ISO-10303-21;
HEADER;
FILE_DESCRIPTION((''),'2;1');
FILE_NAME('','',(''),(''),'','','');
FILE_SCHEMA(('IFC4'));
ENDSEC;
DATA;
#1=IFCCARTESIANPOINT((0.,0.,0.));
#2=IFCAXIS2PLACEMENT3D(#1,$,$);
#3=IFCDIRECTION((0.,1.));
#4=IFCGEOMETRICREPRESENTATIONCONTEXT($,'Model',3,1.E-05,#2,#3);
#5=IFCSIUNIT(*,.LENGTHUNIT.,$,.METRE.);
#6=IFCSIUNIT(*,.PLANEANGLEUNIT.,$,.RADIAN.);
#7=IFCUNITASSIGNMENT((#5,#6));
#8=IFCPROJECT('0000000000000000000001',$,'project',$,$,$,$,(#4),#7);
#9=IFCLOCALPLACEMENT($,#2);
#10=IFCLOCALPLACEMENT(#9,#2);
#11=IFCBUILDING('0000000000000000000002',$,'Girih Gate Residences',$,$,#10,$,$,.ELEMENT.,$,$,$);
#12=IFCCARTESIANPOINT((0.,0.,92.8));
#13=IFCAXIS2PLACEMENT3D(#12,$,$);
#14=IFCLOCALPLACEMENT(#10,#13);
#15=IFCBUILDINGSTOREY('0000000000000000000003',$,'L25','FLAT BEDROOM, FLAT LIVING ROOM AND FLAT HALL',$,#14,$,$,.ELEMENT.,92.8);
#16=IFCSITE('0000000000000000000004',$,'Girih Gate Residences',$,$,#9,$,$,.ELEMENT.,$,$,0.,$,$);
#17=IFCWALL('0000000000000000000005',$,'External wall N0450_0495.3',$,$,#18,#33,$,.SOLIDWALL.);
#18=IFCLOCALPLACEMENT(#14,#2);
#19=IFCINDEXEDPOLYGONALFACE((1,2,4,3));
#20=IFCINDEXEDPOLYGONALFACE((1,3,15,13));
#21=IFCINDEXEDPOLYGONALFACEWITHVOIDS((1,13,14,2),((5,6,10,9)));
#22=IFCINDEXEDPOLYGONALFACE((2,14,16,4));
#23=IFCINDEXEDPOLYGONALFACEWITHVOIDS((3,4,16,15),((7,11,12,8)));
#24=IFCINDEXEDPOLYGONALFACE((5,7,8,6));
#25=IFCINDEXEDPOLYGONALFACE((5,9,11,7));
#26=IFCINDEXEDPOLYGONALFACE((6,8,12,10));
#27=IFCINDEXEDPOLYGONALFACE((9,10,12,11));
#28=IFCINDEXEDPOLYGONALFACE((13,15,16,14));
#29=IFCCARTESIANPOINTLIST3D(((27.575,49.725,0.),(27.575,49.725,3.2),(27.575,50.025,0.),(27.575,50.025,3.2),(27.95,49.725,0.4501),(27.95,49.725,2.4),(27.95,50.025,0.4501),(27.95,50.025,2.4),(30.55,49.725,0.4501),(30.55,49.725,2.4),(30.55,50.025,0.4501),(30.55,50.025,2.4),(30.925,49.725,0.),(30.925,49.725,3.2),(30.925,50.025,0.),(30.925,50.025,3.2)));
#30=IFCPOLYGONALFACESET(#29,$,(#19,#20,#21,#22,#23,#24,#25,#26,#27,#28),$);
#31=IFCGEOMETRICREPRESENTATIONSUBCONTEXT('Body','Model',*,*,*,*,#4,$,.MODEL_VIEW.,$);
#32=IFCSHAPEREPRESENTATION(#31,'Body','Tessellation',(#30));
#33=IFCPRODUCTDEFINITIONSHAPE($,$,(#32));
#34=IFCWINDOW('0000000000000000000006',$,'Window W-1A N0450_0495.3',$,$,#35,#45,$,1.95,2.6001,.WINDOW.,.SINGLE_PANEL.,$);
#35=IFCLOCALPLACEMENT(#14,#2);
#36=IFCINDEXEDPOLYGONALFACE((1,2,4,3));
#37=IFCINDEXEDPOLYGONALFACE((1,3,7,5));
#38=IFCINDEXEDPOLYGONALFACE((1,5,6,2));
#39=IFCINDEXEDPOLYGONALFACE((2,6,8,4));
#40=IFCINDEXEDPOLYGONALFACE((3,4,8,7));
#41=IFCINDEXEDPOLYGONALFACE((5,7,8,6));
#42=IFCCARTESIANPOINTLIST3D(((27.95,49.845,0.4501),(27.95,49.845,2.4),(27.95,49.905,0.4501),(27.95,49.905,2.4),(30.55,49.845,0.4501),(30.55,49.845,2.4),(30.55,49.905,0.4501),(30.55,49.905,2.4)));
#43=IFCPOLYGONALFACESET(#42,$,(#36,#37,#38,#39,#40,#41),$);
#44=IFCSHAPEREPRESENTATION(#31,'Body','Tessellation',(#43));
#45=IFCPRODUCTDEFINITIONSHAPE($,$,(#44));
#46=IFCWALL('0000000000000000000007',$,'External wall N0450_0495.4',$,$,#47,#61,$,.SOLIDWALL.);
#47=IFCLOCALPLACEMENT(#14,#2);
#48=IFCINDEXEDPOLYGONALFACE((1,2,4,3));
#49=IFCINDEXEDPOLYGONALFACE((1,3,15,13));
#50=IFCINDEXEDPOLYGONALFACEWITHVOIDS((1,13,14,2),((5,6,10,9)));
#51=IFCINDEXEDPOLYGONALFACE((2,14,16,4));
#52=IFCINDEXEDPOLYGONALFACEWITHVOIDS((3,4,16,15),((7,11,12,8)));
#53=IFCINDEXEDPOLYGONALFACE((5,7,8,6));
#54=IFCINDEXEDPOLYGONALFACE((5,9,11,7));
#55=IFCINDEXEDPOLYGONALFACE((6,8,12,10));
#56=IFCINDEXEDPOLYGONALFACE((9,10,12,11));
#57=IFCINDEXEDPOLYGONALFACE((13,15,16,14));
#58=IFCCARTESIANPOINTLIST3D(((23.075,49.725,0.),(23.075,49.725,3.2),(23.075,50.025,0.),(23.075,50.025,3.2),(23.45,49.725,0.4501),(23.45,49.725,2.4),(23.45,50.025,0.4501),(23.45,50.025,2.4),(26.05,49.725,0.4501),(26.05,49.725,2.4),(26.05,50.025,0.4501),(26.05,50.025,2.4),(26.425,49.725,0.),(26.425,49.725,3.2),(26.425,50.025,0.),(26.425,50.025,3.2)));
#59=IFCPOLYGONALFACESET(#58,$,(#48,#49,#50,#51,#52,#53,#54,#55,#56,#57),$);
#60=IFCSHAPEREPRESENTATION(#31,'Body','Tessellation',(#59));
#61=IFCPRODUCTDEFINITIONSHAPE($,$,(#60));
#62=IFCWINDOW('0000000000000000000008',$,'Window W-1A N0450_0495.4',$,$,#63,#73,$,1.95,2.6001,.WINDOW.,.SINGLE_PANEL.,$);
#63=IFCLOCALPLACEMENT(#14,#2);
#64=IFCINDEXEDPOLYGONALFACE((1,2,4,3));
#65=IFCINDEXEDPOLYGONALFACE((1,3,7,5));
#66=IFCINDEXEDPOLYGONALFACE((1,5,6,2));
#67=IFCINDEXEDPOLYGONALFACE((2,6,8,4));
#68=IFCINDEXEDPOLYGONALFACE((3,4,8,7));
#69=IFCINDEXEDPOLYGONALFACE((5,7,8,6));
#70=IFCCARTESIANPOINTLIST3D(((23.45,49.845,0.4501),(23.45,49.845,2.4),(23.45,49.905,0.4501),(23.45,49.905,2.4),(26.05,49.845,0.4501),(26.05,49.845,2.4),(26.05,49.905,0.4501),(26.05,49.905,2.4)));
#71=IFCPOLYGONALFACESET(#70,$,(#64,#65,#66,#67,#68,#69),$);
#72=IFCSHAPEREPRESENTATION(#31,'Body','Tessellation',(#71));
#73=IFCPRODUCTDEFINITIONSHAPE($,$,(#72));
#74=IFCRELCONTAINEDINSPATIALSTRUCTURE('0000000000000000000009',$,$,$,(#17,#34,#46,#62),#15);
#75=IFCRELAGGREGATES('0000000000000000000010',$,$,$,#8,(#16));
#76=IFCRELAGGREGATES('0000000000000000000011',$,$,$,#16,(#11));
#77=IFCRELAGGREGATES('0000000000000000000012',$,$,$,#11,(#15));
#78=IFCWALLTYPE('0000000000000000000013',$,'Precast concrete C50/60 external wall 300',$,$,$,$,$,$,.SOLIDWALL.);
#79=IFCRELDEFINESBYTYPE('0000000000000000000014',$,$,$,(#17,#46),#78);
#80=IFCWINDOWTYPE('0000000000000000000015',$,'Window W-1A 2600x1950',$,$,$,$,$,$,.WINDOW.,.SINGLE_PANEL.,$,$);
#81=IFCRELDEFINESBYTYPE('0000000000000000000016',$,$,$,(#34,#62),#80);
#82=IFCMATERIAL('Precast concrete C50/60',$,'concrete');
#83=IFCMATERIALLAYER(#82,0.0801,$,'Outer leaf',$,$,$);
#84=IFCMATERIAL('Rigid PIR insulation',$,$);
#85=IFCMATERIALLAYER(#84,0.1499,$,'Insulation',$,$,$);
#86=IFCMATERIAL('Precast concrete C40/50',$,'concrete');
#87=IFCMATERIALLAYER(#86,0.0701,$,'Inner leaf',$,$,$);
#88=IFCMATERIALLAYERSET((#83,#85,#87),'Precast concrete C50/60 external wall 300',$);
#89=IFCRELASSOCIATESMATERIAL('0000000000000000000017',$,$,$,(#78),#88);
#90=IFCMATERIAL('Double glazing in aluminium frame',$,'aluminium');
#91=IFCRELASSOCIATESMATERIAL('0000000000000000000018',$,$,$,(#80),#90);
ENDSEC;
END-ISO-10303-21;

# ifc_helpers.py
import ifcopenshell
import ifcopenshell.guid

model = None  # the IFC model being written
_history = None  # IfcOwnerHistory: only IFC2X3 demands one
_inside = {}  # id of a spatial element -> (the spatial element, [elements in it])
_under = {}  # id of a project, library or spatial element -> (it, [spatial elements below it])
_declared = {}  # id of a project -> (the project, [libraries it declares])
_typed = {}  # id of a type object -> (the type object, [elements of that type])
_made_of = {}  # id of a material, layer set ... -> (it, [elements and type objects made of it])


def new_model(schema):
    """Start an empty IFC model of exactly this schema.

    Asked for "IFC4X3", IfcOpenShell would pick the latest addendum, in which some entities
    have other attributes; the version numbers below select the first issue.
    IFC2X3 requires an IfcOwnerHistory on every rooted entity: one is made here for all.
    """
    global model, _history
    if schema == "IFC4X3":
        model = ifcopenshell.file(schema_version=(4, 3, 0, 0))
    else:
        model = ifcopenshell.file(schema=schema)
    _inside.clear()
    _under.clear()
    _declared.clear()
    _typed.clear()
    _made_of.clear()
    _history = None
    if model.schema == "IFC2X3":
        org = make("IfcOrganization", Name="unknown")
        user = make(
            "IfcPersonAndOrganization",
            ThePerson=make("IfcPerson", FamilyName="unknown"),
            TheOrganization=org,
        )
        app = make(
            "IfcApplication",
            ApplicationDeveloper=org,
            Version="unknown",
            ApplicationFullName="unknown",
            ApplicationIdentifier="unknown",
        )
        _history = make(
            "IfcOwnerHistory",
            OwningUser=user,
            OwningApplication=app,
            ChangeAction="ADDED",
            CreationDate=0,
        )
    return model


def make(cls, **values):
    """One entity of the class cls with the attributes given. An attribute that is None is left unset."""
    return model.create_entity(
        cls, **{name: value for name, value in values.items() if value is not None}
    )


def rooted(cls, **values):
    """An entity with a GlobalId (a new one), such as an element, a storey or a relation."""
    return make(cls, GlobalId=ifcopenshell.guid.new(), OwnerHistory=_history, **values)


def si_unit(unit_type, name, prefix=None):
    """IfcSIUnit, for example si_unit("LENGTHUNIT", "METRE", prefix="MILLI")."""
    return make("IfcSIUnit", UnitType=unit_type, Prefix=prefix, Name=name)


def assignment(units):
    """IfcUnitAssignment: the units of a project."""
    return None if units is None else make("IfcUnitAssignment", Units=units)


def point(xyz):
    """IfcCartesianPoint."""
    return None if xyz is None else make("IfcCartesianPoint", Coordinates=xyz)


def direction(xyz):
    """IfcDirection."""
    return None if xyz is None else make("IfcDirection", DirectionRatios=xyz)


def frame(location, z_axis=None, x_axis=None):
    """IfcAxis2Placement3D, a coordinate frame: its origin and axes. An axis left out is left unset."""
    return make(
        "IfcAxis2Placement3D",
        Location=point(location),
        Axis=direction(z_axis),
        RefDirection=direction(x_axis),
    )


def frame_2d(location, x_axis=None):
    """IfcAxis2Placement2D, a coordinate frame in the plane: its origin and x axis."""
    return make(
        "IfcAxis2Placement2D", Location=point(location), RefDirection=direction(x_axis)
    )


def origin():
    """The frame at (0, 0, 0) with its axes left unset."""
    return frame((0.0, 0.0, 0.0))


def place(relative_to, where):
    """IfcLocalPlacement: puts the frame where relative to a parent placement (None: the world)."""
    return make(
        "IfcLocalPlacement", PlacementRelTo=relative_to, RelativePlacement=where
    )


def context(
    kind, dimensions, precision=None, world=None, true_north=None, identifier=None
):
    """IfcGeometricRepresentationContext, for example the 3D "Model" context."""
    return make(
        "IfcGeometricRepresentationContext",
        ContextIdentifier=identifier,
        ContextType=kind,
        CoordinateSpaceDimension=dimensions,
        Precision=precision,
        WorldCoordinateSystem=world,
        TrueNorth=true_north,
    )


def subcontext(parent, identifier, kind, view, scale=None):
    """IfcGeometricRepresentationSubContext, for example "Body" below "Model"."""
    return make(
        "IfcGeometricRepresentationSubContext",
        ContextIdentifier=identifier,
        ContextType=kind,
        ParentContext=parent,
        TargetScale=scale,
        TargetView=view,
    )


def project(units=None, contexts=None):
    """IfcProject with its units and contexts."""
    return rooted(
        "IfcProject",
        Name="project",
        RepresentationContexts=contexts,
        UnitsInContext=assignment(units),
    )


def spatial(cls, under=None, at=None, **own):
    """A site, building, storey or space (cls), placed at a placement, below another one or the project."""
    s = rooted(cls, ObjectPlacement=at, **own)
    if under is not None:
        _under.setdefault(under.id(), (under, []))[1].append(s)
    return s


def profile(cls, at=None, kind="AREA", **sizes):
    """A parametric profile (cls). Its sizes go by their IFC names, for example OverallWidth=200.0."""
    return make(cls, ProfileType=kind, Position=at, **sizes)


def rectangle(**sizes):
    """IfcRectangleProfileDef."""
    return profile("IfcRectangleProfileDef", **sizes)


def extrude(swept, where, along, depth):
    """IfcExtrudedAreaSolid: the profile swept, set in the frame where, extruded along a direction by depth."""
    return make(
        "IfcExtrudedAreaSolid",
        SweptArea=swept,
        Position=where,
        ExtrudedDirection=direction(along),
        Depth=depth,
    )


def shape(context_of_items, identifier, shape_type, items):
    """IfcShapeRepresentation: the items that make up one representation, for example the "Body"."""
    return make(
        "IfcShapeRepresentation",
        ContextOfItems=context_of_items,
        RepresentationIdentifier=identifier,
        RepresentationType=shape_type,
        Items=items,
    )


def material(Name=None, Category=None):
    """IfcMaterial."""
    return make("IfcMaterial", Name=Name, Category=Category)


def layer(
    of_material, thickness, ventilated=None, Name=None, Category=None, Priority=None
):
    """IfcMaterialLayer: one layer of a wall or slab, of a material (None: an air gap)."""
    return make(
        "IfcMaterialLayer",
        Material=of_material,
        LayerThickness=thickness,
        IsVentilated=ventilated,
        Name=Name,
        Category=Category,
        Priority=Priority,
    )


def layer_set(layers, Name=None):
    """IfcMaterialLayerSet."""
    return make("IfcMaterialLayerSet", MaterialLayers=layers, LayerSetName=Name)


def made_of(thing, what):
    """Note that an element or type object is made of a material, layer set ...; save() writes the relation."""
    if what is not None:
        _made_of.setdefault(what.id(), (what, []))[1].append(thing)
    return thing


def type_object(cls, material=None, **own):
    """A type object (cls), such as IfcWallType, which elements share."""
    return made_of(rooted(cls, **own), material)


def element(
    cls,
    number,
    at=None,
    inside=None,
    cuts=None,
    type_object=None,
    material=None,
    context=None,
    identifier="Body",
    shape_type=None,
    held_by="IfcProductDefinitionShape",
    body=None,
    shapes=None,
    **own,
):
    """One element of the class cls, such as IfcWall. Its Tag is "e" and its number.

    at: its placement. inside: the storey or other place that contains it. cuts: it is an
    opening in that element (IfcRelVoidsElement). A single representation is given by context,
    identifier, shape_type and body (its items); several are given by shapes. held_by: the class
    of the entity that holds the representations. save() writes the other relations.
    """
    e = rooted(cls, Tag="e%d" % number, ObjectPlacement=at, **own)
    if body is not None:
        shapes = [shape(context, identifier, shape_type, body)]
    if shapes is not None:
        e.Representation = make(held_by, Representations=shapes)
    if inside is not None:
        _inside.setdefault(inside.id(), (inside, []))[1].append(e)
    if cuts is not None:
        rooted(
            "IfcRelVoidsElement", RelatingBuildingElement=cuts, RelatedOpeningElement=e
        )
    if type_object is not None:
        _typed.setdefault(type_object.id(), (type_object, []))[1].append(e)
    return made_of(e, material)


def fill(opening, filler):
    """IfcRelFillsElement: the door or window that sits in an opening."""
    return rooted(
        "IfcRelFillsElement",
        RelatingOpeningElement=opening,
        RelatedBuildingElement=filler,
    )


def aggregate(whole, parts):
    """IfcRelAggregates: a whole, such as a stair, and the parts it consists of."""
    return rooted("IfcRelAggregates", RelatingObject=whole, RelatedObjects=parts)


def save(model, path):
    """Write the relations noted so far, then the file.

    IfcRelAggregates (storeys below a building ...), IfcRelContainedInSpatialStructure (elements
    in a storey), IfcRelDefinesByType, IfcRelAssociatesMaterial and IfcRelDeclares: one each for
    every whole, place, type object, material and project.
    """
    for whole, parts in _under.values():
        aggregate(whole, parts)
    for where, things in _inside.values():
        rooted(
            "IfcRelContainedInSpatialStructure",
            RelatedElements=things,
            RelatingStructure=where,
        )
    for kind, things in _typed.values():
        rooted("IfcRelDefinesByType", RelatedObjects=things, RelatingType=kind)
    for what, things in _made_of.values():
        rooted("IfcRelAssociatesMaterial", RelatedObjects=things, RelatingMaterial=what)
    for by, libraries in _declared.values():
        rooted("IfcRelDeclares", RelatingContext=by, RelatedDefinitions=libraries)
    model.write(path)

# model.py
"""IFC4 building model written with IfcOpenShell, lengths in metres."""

from ifc_helpers import new_model, si_unit, direction, frame, frame_2d, origin, place, context, subcontext, project, spatial, rectangle, extrude, material, layer, layer_set, type_object, element, fill, save


model = new_model("IFC4")

# Units and contexts
model_context = context("Model", 3, precision=1e-05, world=origin(), true_north=direction((0.0, 1.0)))
body_context = subcontext(model_context, "Body", "Model", "MODEL_VIEW")
ifc_project = project(units=[si_unit("LENGTHUNIT", "METRE"), si_unit("PLANEANGLEUNIT", "RADIAN")], contexts=[model_context])

# Site, building, storey
site_placement = place(None, origin())
site = spatial("IfcSite", under=ifc_project, at=site_placement, Name="Girih Gate Residences", CompositionType="ELEMENT", RefElevation=0.0)
building_placement = place(site_placement, origin())
building = spatial("IfcBuilding", under=site, at=building_placement, Name="Girih Gate Residences", CompositionType="ELEMENT")
storey_placement = place(building_placement, frame((0.0, 0.0, 92.8)))
storey = spatial("IfcBuildingStorey", under=building, at=storey_placement, Name="L25", Description="FLAT BEDROOM, FLAT LIVING ROOM AND FLAT HALL", CompositionType="ELEMENT", Elevation=92.8)

# Walls, openings, windows
ifc_material_1 = material(Name="Precast concrete C50/60", Category="concrete")
ifc_layer_1 = layer(ifc_material_1, 0.0801, Name="Outer leaf")
ifc_material_2 = material(Name="Rigid PIR insulation")
ifc_layer_2 = layer(ifc_material_2, 0.1499, Name="Insulation")
ifc_material_3 = material(Name="Precast concrete C40/50", Category="concrete")
ifc_layer_3 = layer(ifc_material_3, 0.0701, Name="Inner leaf")
ifc_layer_set_1 = layer_set([ifc_layer_1, ifc_layer_2, ifc_layer_3], Name="Precast concrete C50/60 external wall 300")
wall_type_1 = type_object("IfcWallType", Name="Precast concrete C50/60 external wall 300", PredefinedType="SOLIDWALL", material=ifc_layer_set_1)
wall_1_placement = place(storey_placement, frame((27.575, 49.875, 0.0), z_axis=(0.0, 0.0, 1.0), x_axis=(1.0, 0.0, 0.0)))
wall_1 = element("IfcWall", 1, at=wall_1_placement, inside=storey, type_object=wall_type_1, Name="External wall N0450_0495.3", PredefinedType="SOLIDWALL", context=body_context, shape_type="SweptSolid", body=[
    extrude(rectangle(XDim=3.3501, YDim=0.3, at=frame_2d((1.675, 0.0))), origin(), (0.0, 0.0, 1.0), 3.2),
])
opening_1_placement = place(wall_1_placement, frame((0.375, 0.0, 0.45)))
opening_1 = element("IfcOpeningElement", 2, at=opening_1_placement, cuts=wall_1, PredefinedType="OPENING", context=body_context, shape_type="SweptSolid", body=[
    extrude(rectangle(XDim=2.6001, YDim=1.95, at=frame_2d((1.3, 0.9751))), frame((0.0, 0.1599, 0.0), z_axis=(0.0, -1.0, 0.0), x_axis=(1.0, 0.0, 0.0)), (0.0, 0.0, 1.0), 0.3201),
])
ifc_material_4 = material(Name="Double glazing in aluminium frame", Category="aluminium")
window_type = type_object("IfcWindowType", Name="Window W-1A 2600x1950", PartitioningType="SINGLE_PANEL", PredefinedType="WINDOW", material=ifc_material_4)
window_1_placement = place(opening_1_placement, origin())
window_1 = element("IfcWindow", 3, at=window_1_placement, inside=storey, type_object=window_type, Name="Window W-1A N0450_0495.3", OverallHeight=1.95, OverallWidth=2.6001, PartitioningType="SINGLE_PANEL", PredefinedType="WINDOW", context=body_context, shape_type="SweptSolid", body=[
    extrude(rectangle(XDim=2.6001, YDim=1.95, at=frame_2d((1.3, 0.9751))), frame((0.0, 0.03, 0.0), z_axis=(0.0, -1.0, 0.0), x_axis=(1.0, 0.0, 0.0)), (0.0, 0.0, 1.0), 0.0601),
])
fill(opening_1, window_1)
wall_2_placement = place(storey_placement, frame((23.075, 49.875, 0.0), z_axis=(0.0, 0.0, 1.0), x_axis=(1.0, 0.0, 0.0)))
wall_2 = element("IfcWall", 4, at=wall_2_placement, inside=storey, type_object=wall_type_1, Name="External wall N0450_0495.4", PredefinedType="SOLIDWALL", context=body_context, shape_type="SweptSolid", body=[
    extrude(rectangle(XDim=3.3501, YDim=0.3, at=frame_2d((1.675, 0.0))), origin(), (0.0, 0.0, 1.0), 3.2),
])
opening_2_placement = place(wall_2_placement, frame((0.375, 0.0, 0.45)))
opening_2 = element("IfcOpeningElement", 5, at=opening_2_placement, cuts=wall_2, PredefinedType="OPENING", context=body_context, shape_type="SweptSolid", body=[
    extrude(rectangle(XDim=2.6001, YDim=1.95, at=frame_2d((1.3, 0.9751))), frame((0.0, 0.1599, 0.0), z_axis=(0.0, -1.0, 0.0), x_axis=(1.0, 0.0, 0.0)), (0.0, 0.0, 1.0), 0.3201),
])
window_2_placement = place(opening_2_placement, origin())
window_2 = element("IfcWindow", 6, at=window_2_placement, inside=storey, type_object=window_type, Name="Window W-1A N0450_0495.4", OverallHeight=1.95, OverallWidth=2.6001, PartitioningType="SINGLE_PANEL", PredefinedType="WINDOW", context=body_context, shape_type="SweptSolid", body=[
    extrude(rectangle(XDim=2.6001, YDim=1.95, at=frame_2d((1.3, 0.9751))), frame((0.0, 0.03, 0.0), z_axis=(0.0, -1.0, 0.0), x_axis=(1.0, 0.0, 0.0)), (0.0, 0.0, 1.0), 0.0601),
])
fill(opening_2, window_2)

save(model, "model.ifc")
